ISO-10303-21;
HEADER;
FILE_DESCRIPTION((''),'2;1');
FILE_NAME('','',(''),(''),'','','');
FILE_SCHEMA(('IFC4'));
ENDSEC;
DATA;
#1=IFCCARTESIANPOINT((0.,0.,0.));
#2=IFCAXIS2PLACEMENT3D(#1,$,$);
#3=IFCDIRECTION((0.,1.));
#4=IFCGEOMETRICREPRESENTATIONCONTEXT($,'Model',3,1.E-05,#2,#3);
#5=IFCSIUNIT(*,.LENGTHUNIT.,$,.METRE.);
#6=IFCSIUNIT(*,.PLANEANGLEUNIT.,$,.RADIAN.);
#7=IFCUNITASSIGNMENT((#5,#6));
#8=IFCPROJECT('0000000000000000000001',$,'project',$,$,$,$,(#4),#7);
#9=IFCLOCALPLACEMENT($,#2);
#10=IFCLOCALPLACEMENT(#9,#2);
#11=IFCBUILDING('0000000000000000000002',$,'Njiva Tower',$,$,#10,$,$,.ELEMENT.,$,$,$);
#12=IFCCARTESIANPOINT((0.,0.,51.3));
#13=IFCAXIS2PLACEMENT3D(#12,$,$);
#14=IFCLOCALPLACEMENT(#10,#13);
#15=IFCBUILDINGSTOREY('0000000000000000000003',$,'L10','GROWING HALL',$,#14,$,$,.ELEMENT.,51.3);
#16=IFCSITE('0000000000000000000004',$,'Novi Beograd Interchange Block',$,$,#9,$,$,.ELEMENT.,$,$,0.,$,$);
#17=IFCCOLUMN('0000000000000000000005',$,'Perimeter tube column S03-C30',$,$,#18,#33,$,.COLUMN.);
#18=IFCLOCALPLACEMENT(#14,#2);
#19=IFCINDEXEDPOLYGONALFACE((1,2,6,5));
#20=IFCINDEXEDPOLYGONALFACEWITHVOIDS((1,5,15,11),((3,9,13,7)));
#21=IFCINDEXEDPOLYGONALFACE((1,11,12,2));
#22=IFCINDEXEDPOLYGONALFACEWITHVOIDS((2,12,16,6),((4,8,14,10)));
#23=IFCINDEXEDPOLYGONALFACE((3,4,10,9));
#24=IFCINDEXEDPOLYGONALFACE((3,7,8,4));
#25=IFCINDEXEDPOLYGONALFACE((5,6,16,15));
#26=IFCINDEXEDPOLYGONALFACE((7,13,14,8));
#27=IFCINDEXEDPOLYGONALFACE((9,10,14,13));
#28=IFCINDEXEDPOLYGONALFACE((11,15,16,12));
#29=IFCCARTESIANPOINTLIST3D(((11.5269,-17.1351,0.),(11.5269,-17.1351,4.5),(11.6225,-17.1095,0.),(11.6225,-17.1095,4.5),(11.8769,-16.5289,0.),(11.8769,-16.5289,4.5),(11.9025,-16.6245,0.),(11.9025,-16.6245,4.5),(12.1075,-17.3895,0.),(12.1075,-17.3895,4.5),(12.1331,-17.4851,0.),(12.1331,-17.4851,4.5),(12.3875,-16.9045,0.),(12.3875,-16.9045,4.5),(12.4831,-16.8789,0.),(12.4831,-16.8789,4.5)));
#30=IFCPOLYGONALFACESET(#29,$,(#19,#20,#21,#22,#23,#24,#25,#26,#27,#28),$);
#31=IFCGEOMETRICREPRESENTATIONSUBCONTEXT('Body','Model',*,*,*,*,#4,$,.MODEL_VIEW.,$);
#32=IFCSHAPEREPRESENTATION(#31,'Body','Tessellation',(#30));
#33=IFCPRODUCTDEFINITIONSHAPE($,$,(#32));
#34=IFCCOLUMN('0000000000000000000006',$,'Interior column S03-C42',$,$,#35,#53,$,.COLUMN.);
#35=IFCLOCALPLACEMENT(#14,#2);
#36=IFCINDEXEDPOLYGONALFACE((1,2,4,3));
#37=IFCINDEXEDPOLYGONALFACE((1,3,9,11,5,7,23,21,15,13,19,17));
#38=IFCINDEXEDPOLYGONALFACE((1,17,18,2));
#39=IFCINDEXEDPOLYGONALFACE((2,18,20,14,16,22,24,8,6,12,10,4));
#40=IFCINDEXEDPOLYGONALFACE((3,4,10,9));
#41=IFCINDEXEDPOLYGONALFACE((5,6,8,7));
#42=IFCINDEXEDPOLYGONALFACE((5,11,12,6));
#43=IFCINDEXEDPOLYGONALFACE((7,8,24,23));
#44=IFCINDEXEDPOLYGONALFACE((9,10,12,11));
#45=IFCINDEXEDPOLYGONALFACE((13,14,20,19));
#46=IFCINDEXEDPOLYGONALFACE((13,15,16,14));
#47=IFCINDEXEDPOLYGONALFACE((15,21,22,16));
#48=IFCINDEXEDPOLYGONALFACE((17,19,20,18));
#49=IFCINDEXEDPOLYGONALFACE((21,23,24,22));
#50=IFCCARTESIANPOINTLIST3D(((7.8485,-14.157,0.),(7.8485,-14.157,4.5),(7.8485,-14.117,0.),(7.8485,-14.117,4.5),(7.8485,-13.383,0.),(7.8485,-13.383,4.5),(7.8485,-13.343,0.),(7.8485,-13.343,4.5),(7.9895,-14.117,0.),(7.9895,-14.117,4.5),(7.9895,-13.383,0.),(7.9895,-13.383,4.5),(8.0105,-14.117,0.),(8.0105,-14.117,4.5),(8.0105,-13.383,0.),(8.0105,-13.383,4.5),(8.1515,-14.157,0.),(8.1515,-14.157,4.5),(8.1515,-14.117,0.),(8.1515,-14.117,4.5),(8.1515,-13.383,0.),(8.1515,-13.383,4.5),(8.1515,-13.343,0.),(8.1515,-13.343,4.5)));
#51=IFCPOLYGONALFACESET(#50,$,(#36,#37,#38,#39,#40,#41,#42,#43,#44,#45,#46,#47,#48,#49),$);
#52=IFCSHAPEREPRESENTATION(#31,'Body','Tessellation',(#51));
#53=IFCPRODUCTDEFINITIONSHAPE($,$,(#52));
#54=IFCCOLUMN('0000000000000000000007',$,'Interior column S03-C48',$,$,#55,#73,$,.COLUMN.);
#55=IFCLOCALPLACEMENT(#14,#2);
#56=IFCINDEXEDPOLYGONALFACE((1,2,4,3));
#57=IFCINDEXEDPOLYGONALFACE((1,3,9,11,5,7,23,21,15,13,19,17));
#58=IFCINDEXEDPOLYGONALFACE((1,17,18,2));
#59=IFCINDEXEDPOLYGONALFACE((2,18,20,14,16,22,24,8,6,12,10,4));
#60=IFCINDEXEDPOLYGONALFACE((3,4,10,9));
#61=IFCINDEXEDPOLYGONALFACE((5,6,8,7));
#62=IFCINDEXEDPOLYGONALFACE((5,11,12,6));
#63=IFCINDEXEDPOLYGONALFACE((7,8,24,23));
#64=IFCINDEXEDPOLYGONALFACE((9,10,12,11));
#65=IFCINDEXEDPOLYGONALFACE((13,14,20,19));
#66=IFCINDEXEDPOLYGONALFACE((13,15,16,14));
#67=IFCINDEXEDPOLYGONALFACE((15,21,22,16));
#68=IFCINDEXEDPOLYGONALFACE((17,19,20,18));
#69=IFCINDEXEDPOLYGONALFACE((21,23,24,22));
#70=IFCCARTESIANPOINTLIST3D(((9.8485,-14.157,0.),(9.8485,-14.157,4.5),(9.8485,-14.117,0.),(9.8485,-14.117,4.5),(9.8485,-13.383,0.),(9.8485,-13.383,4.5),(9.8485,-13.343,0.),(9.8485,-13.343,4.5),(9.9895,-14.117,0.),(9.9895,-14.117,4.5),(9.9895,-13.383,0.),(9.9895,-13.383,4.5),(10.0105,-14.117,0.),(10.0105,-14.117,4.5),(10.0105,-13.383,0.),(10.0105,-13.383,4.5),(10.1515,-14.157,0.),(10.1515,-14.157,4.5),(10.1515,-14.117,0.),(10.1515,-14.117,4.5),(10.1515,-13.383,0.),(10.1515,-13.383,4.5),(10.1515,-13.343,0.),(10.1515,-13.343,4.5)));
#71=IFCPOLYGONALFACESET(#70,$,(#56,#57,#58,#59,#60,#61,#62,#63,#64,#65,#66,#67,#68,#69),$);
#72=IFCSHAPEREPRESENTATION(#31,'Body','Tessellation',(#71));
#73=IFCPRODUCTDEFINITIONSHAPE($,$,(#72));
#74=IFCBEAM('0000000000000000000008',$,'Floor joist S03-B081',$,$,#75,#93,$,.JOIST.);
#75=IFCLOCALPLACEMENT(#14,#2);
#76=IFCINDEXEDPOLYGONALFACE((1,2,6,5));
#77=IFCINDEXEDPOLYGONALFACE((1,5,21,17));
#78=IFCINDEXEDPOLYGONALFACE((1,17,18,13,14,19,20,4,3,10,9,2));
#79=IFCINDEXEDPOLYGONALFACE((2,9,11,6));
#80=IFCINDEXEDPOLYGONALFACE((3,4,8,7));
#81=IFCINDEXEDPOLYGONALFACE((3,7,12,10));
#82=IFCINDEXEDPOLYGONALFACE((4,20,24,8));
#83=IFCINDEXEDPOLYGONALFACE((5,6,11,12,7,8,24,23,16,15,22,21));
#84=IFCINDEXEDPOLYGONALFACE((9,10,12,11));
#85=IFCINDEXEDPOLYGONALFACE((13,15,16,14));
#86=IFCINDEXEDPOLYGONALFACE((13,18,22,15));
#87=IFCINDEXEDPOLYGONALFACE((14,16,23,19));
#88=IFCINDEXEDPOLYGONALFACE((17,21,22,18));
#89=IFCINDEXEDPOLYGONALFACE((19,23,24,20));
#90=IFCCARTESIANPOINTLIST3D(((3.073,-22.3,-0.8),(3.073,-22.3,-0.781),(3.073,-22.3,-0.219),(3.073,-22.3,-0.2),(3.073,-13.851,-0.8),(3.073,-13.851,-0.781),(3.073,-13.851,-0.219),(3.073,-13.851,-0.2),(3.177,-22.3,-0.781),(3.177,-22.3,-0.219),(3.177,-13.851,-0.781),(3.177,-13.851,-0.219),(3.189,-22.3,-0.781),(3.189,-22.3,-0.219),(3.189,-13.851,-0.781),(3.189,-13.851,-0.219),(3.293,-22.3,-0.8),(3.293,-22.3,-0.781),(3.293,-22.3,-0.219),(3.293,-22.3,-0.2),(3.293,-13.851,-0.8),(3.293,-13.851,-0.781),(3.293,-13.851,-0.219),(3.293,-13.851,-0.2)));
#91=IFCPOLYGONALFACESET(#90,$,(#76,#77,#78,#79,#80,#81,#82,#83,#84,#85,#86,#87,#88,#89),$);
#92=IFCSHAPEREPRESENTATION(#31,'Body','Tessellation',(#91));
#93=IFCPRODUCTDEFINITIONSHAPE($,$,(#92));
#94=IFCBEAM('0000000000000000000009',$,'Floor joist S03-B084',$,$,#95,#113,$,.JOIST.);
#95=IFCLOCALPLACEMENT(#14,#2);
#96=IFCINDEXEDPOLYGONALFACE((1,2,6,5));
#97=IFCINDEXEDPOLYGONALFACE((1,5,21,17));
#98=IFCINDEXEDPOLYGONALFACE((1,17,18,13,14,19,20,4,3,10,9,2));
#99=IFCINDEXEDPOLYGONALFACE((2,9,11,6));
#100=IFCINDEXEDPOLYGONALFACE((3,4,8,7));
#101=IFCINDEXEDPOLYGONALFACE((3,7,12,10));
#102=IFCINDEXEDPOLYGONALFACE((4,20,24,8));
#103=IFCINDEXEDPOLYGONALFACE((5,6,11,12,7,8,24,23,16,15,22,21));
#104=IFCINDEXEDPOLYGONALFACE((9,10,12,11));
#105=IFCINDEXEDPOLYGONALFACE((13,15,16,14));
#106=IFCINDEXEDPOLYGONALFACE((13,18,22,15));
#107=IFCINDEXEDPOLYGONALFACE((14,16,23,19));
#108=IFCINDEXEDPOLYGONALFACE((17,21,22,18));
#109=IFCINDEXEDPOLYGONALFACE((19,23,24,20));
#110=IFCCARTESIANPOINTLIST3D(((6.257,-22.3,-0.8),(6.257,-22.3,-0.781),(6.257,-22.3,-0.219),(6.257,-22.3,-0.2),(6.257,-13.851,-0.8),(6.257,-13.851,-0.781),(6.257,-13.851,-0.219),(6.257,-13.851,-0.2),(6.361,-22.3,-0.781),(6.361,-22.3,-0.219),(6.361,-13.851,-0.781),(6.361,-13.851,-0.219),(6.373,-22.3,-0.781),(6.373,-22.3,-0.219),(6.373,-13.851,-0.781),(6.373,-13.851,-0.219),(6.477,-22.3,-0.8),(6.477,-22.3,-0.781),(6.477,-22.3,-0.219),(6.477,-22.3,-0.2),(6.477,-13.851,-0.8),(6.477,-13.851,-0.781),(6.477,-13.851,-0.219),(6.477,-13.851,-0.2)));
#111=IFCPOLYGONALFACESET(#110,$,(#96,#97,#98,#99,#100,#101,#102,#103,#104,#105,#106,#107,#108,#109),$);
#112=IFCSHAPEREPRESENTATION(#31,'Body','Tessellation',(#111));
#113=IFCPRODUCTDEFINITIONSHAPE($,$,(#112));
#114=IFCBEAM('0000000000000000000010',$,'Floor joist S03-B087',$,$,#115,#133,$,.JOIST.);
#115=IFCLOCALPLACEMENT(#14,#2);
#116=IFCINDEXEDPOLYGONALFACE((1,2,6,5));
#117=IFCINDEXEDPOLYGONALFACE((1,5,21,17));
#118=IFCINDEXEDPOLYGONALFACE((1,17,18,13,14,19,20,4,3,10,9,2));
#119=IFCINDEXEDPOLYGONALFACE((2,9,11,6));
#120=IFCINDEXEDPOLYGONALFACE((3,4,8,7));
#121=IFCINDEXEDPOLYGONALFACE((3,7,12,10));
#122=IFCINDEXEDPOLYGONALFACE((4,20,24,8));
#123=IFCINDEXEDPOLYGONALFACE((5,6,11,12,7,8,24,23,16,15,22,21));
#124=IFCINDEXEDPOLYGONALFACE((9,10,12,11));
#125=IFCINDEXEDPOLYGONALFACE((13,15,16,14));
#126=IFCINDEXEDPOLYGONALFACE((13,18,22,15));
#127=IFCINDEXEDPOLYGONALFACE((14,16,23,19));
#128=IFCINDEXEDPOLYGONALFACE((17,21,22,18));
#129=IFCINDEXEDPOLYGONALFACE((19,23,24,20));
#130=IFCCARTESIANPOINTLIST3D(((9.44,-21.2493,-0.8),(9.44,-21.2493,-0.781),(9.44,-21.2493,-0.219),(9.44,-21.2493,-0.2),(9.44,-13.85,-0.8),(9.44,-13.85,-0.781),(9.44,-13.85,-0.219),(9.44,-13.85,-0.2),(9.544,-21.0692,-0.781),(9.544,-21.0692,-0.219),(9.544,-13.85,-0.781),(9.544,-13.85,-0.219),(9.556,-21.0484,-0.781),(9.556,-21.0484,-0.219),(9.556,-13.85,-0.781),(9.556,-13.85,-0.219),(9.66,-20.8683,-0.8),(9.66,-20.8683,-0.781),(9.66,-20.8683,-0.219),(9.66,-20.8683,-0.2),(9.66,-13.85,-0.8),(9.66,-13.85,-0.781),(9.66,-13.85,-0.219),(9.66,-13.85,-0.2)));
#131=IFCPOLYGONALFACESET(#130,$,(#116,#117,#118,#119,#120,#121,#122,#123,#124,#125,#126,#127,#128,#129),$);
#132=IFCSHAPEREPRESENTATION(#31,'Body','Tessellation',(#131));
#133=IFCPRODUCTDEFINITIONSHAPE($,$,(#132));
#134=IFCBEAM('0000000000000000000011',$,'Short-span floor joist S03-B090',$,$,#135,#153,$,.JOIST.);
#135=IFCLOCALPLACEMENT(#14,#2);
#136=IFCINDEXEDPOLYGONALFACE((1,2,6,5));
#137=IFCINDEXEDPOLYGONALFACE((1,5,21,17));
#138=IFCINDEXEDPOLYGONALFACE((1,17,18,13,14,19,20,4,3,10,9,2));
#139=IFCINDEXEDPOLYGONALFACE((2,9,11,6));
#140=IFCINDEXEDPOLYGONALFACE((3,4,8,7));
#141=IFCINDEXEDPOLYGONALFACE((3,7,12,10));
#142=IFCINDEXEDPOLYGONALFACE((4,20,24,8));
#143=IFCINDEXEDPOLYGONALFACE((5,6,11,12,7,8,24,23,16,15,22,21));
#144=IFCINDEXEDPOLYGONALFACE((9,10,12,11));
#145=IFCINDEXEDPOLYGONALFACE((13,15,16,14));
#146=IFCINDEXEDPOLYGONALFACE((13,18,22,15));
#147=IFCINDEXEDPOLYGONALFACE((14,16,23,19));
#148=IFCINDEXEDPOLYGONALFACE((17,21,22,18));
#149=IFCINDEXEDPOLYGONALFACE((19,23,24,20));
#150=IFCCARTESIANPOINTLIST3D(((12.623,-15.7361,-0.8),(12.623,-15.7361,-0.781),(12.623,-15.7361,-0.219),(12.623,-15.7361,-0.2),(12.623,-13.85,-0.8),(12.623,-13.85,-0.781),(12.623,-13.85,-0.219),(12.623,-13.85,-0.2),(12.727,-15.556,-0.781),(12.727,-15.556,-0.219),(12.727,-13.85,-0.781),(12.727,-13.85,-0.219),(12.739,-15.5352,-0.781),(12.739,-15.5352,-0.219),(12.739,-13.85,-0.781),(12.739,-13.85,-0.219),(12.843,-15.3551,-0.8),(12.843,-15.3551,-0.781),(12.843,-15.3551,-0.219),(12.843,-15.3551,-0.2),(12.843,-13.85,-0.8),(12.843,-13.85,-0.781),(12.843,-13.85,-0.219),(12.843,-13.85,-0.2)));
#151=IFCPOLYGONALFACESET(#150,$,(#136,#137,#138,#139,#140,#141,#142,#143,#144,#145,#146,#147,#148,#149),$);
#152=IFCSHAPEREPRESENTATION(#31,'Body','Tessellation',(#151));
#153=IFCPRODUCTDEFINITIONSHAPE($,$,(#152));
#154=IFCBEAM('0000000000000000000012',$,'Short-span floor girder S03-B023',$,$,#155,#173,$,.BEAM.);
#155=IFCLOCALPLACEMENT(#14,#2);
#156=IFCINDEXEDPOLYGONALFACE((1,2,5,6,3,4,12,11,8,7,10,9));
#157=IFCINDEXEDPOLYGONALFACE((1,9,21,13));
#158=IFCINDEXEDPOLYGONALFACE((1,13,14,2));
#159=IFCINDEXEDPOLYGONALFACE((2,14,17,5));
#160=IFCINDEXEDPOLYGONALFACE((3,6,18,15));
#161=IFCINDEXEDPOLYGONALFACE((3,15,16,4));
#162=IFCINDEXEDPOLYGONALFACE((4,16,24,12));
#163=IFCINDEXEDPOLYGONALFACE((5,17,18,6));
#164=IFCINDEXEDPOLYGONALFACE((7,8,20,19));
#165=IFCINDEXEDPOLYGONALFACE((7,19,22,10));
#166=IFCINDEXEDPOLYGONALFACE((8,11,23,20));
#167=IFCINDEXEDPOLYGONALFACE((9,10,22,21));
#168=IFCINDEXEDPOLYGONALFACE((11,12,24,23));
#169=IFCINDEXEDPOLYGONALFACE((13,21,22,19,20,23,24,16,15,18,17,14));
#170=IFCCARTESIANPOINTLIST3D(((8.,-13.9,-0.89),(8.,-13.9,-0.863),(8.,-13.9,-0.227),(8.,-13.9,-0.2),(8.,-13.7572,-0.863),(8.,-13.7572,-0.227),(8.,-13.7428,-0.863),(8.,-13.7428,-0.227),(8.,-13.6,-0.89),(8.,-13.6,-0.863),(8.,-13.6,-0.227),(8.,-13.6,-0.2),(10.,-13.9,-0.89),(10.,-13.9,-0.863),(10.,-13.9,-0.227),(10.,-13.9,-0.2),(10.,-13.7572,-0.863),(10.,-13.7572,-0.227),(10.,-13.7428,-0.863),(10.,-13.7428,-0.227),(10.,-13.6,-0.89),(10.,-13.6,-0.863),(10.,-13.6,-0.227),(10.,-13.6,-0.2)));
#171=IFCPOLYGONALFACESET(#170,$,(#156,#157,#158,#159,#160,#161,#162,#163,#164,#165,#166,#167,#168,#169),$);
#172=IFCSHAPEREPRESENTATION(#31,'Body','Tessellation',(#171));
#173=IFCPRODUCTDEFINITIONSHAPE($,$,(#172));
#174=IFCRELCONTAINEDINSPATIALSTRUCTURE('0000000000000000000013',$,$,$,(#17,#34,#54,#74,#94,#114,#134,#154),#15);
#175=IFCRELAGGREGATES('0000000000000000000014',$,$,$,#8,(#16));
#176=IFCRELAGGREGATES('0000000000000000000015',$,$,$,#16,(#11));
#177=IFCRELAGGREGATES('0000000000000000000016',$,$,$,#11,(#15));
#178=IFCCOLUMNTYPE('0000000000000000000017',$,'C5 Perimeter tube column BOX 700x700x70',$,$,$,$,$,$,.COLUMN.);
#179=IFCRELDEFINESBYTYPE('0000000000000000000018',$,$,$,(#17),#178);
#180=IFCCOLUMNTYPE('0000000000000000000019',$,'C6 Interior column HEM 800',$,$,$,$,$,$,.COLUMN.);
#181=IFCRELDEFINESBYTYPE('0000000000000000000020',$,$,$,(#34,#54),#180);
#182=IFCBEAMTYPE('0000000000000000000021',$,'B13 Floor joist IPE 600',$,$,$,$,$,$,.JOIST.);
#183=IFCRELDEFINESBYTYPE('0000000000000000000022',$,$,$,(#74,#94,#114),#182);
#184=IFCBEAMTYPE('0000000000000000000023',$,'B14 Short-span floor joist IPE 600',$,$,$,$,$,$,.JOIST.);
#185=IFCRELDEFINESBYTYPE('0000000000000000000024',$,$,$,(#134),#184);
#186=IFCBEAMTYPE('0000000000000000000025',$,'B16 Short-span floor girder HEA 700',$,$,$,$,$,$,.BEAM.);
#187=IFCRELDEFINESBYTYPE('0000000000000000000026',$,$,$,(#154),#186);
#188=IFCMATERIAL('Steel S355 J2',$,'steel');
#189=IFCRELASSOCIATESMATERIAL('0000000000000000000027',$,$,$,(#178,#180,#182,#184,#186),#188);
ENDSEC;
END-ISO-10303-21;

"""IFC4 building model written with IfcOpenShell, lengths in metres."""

from ifc_helpers import new_model, si_unit, direction, frame, origin, origin_2d, place, context, subcontext, project, spatial, hollow_rectangle, i_section, extrude, clip, halfspace, material, material_profile, profile_set, type_object, element, save


model = new_model("IFC4")

# Units and contexts
model_context = context("Model", 3, precision=1e-05, world=origin(), true_north=direction((0.0, 1.0)))
body_context = subcontext(model_context, "Body", "Model", "MODEL_VIEW")
ifc_project = project(units=[si_unit("LENGTHUNIT", "METRE"), si_unit("PLANEANGLEUNIT", "RADIAN")], contexts=[model_context])

# Site, building, storey
site_placement = place(None, origin())
site = spatial("IfcSite", under=ifc_project, at=site_placement, Name="Novi Beograd Interchange Block", CompositionType="ELEMENT", RefElevation=0.0)
building_placement = place(site_placement, origin())
building = spatial("IfcBuilding", under=site, at=building_placement, Name="Njiva Tower", CompositionType="ELEMENT")
storey_placement = place(building_placement, frame((0.0, 0.0, 51.3)))
storey = spatial("IfcBuildingStorey", under=building, at=storey_placement, Name="L10", Description="GROWING HALL", CompositionType="ELEMENT", Elevation=51.3)

# Columns
ifc_material_1 = material(Name="Steel S355 J2", Category="steel")
ifc_material_profile_1 = material_profile(ifc_material_1, hollow_rectangle(XDim=0.7, YDim=0.7, WallThickness=0.07, at=origin_2d()), Name="BOX 700x700x70")
ifc_profile_set_1 = profile_set([ifc_material_profile_1], Name="Steel S355 J2")
column_type_1 = type_object("IfcColumnType", Name="C5 Perimeter tube column BOX 700x700x70", PredefinedType="COLUMN", material=ifc_profile_set_1)
column_placement = place(storey_placement, frame((12.005, -17.007, 0.0), z_axis=(0.0, 0.0, 1.0), x_axis=(0.5, 0.866025, 0.0)))
element("IfcColumn", 1, at=column_placement, inside=storey, type_object=column_type_1, Name="Perimeter tube column S03-C30", PredefinedType="COLUMN", context=body_context, shape_type="SweptSolid", body=[
    extrude(hollow_rectangle(XDim=0.7, YDim=0.7, WallThickness=0.07, at=origin_2d()), origin(), (0.0, 0.0, 1.0), 4.5),
])
ifc_material_profile_2 = material_profile(ifc_material_1, i_section(OverallWidth=0.303, OverallDepth=0.814, WebThickness=0.021, FlangeThickness=0.04, at=origin_2d()), Name="HEM 800")
ifc_profile_set_2 = profile_set([ifc_material_profile_2], Name="Steel S355 J2")
column_type_2 = type_object("IfcColumnType", Name="C6 Interior column HEM 800", PredefinedType="COLUMN", material=ifc_profile_set_2)
for number, where, z_axis, x_axis, name in (
    (2, (8.0, -13.75, 0.0), (0.0, 0.0, 1.0), (1.0, 0.0, 0.0), "Interior column S03-C42"),
    (3, (10.0, -13.75, 0.0), (0.0, 0.0, 1.0), (1.0, 0.0, 0.0), "Interior column S03-C48"),
):
    element("IfcColumn", number, at=place(storey_placement, frame(where, z_axis=z_axis, x_axis=x_axis)), inside=storey, type_object=column_type_2, Name=name, PredefinedType="COLUMN", context=body_context, shape_type="SweptSolid", body=[
        extrude(i_section(OverallWidth=0.303, OverallDepth=0.814, WebThickness=0.021, FlangeThickness=0.04, at=origin_2d()), origin(), (0.0, 0.0, 1.0), 4.5),
    ])

# Beams
ifc_material_profile_3 = material_profile(ifc_material_1, i_section(OverallWidth=0.22, OverallDepth=0.6, WebThickness=0.012, FlangeThickness=0.019, at=origin_2d()), Name="IPE 600")
ifc_profile_set_3 = profile_set([ifc_material_profile_3], Name="Steel S355 J2")
beam_type_1 = type_object("IfcBeamType", Name="B13 Floor joist IPE 600", PredefinedType="JOIST", material=ifc_profile_set_3)
for number, where, z_axis, x_axis, name in (
    (4, (3.183, -13.851, -0.5), (0.0, -1.0, 0.0), (1.0, 0.0, 0.0), "Floor joist S03-B081"),
    (5, (6.367, -13.851, -0.5), (0.0, -1.0, 0.0), (1.0, 0.0, 0.0), "Floor joist S03-B084"),
):
    element("IfcBeam", number, at=place(storey_placement, frame(where, z_axis=z_axis, x_axis=x_axis)), inside=storey, type_object=beam_type_1, Name=name, PredefinedType="JOIST", context=body_context, shape_type="SweptSolid", body=[
        extrude(i_section(OverallWidth=0.22, OverallDepth=0.6, WebThickness=0.012, FlangeThickness=0.019, at=origin_2d()), origin(), (0.0, 0.0, 1.0), 8.449),
    ])
beam_1_placement = place(storey_placement, frame((9.55, -13.85, -0.5), z_axis=(0.0, -1.0, 0.0), x_axis=(1.0, 0.0, 0.0)))
element("IfcBeam", 6, at=beam_1_placement, inside=storey, type_object=beam_type_1, Name="Floor joist S03-B087", PredefinedType="JOIST", context=body_context, shape_type="Clipping", body=[
    clip(extrude(i_section(OverallWidth=0.22, OverallDepth=0.6, WebThickness=0.012, FlangeThickness=0.019, at=origin_2d()), origin(), (0.0, 0.0, 1.0), 7.42), halfspace(frame((0.0433, 0.0, 7.1338), z_axis=(0.866027, 0.0, 0.499998), x_axis=(0.0, 1.0, 0.0)), False)),
])
ifc_material_profile_4 = material_profile(ifc_material_1, i_section(OverallWidth=0.22, OverallDepth=0.6, WebThickness=0.012, FlangeThickness=0.019, at=origin_2d()), Name="IPE 600")
ifc_profile_set_4 = profile_set([ifc_material_profile_4], Name="Steel S355 J2")
beam_type_2 = type_object("IfcBeamType", Name="B14 Short-span floor joist IPE 600", PredefinedType="JOIST", material=ifc_profile_set_4)
beam_2_placement = place(storey_placement, frame((12.733, -13.85, -0.5), z_axis=(0.0, -1.0, 0.0), x_axis=(1.0, 0.0, 0.0)))
element("IfcBeam", 7, at=beam_2_placement, inside=storey, type_object=beam_type_2, Name="Short-span floor joist S03-B090", PredefinedType="JOIST", context=body_context, shape_type="Clipping", body=[
    clip(extrude(i_section(OverallWidth=0.22, OverallDepth=0.6, WebThickness=0.012, FlangeThickness=0.019, at=origin_2d()), origin(), (0.0, 0.0, 1.0), 1.906), halfspace(frame((0.0436, 0.0, 1.6201), z_axis=(0.866027, 0.0, 0.499998), x_axis=(0.0, 1.0, 0.0)), False)),
])
ifc_material_profile_5 = material_profile(ifc_material_1, i_section(OverallWidth=0.3, OverallDepth=0.69, WebThickness=0.0145, FlangeThickness=0.027, at=origin_2d()), Name="HEA 700")
ifc_profile_set_5 = profile_set([ifc_material_profile_5], Name="Steel S355 J2")
beam_type_3 = type_object("IfcBeamType", Name="B16 Short-span floor girder HEA 700", PredefinedType="BEAM", material=ifc_profile_set_5)
beam_3_placement = place(storey_placement, frame((8.0, -13.75, -0.545), z_axis=(1.0, 0.0, 0.0), x_axis=(0.0, 1.0, 0.0)))
element("IfcBeam", 8, at=beam_3_placement, inside=storey, type_object=beam_type_3, Name="Short-span floor girder S03-B023", PredefinedType="BEAM", context=body_context, shape_type="SweptSolid", body=[
    extrude(i_section(OverallWidth=0.3, OverallDepth=0.69, WebThickness=0.0145, FlangeThickness=0.027, at=origin_2d()), origin(), (0.0, 0.0, 1.0), 2.0),
])

save(model, "model.ifc")
